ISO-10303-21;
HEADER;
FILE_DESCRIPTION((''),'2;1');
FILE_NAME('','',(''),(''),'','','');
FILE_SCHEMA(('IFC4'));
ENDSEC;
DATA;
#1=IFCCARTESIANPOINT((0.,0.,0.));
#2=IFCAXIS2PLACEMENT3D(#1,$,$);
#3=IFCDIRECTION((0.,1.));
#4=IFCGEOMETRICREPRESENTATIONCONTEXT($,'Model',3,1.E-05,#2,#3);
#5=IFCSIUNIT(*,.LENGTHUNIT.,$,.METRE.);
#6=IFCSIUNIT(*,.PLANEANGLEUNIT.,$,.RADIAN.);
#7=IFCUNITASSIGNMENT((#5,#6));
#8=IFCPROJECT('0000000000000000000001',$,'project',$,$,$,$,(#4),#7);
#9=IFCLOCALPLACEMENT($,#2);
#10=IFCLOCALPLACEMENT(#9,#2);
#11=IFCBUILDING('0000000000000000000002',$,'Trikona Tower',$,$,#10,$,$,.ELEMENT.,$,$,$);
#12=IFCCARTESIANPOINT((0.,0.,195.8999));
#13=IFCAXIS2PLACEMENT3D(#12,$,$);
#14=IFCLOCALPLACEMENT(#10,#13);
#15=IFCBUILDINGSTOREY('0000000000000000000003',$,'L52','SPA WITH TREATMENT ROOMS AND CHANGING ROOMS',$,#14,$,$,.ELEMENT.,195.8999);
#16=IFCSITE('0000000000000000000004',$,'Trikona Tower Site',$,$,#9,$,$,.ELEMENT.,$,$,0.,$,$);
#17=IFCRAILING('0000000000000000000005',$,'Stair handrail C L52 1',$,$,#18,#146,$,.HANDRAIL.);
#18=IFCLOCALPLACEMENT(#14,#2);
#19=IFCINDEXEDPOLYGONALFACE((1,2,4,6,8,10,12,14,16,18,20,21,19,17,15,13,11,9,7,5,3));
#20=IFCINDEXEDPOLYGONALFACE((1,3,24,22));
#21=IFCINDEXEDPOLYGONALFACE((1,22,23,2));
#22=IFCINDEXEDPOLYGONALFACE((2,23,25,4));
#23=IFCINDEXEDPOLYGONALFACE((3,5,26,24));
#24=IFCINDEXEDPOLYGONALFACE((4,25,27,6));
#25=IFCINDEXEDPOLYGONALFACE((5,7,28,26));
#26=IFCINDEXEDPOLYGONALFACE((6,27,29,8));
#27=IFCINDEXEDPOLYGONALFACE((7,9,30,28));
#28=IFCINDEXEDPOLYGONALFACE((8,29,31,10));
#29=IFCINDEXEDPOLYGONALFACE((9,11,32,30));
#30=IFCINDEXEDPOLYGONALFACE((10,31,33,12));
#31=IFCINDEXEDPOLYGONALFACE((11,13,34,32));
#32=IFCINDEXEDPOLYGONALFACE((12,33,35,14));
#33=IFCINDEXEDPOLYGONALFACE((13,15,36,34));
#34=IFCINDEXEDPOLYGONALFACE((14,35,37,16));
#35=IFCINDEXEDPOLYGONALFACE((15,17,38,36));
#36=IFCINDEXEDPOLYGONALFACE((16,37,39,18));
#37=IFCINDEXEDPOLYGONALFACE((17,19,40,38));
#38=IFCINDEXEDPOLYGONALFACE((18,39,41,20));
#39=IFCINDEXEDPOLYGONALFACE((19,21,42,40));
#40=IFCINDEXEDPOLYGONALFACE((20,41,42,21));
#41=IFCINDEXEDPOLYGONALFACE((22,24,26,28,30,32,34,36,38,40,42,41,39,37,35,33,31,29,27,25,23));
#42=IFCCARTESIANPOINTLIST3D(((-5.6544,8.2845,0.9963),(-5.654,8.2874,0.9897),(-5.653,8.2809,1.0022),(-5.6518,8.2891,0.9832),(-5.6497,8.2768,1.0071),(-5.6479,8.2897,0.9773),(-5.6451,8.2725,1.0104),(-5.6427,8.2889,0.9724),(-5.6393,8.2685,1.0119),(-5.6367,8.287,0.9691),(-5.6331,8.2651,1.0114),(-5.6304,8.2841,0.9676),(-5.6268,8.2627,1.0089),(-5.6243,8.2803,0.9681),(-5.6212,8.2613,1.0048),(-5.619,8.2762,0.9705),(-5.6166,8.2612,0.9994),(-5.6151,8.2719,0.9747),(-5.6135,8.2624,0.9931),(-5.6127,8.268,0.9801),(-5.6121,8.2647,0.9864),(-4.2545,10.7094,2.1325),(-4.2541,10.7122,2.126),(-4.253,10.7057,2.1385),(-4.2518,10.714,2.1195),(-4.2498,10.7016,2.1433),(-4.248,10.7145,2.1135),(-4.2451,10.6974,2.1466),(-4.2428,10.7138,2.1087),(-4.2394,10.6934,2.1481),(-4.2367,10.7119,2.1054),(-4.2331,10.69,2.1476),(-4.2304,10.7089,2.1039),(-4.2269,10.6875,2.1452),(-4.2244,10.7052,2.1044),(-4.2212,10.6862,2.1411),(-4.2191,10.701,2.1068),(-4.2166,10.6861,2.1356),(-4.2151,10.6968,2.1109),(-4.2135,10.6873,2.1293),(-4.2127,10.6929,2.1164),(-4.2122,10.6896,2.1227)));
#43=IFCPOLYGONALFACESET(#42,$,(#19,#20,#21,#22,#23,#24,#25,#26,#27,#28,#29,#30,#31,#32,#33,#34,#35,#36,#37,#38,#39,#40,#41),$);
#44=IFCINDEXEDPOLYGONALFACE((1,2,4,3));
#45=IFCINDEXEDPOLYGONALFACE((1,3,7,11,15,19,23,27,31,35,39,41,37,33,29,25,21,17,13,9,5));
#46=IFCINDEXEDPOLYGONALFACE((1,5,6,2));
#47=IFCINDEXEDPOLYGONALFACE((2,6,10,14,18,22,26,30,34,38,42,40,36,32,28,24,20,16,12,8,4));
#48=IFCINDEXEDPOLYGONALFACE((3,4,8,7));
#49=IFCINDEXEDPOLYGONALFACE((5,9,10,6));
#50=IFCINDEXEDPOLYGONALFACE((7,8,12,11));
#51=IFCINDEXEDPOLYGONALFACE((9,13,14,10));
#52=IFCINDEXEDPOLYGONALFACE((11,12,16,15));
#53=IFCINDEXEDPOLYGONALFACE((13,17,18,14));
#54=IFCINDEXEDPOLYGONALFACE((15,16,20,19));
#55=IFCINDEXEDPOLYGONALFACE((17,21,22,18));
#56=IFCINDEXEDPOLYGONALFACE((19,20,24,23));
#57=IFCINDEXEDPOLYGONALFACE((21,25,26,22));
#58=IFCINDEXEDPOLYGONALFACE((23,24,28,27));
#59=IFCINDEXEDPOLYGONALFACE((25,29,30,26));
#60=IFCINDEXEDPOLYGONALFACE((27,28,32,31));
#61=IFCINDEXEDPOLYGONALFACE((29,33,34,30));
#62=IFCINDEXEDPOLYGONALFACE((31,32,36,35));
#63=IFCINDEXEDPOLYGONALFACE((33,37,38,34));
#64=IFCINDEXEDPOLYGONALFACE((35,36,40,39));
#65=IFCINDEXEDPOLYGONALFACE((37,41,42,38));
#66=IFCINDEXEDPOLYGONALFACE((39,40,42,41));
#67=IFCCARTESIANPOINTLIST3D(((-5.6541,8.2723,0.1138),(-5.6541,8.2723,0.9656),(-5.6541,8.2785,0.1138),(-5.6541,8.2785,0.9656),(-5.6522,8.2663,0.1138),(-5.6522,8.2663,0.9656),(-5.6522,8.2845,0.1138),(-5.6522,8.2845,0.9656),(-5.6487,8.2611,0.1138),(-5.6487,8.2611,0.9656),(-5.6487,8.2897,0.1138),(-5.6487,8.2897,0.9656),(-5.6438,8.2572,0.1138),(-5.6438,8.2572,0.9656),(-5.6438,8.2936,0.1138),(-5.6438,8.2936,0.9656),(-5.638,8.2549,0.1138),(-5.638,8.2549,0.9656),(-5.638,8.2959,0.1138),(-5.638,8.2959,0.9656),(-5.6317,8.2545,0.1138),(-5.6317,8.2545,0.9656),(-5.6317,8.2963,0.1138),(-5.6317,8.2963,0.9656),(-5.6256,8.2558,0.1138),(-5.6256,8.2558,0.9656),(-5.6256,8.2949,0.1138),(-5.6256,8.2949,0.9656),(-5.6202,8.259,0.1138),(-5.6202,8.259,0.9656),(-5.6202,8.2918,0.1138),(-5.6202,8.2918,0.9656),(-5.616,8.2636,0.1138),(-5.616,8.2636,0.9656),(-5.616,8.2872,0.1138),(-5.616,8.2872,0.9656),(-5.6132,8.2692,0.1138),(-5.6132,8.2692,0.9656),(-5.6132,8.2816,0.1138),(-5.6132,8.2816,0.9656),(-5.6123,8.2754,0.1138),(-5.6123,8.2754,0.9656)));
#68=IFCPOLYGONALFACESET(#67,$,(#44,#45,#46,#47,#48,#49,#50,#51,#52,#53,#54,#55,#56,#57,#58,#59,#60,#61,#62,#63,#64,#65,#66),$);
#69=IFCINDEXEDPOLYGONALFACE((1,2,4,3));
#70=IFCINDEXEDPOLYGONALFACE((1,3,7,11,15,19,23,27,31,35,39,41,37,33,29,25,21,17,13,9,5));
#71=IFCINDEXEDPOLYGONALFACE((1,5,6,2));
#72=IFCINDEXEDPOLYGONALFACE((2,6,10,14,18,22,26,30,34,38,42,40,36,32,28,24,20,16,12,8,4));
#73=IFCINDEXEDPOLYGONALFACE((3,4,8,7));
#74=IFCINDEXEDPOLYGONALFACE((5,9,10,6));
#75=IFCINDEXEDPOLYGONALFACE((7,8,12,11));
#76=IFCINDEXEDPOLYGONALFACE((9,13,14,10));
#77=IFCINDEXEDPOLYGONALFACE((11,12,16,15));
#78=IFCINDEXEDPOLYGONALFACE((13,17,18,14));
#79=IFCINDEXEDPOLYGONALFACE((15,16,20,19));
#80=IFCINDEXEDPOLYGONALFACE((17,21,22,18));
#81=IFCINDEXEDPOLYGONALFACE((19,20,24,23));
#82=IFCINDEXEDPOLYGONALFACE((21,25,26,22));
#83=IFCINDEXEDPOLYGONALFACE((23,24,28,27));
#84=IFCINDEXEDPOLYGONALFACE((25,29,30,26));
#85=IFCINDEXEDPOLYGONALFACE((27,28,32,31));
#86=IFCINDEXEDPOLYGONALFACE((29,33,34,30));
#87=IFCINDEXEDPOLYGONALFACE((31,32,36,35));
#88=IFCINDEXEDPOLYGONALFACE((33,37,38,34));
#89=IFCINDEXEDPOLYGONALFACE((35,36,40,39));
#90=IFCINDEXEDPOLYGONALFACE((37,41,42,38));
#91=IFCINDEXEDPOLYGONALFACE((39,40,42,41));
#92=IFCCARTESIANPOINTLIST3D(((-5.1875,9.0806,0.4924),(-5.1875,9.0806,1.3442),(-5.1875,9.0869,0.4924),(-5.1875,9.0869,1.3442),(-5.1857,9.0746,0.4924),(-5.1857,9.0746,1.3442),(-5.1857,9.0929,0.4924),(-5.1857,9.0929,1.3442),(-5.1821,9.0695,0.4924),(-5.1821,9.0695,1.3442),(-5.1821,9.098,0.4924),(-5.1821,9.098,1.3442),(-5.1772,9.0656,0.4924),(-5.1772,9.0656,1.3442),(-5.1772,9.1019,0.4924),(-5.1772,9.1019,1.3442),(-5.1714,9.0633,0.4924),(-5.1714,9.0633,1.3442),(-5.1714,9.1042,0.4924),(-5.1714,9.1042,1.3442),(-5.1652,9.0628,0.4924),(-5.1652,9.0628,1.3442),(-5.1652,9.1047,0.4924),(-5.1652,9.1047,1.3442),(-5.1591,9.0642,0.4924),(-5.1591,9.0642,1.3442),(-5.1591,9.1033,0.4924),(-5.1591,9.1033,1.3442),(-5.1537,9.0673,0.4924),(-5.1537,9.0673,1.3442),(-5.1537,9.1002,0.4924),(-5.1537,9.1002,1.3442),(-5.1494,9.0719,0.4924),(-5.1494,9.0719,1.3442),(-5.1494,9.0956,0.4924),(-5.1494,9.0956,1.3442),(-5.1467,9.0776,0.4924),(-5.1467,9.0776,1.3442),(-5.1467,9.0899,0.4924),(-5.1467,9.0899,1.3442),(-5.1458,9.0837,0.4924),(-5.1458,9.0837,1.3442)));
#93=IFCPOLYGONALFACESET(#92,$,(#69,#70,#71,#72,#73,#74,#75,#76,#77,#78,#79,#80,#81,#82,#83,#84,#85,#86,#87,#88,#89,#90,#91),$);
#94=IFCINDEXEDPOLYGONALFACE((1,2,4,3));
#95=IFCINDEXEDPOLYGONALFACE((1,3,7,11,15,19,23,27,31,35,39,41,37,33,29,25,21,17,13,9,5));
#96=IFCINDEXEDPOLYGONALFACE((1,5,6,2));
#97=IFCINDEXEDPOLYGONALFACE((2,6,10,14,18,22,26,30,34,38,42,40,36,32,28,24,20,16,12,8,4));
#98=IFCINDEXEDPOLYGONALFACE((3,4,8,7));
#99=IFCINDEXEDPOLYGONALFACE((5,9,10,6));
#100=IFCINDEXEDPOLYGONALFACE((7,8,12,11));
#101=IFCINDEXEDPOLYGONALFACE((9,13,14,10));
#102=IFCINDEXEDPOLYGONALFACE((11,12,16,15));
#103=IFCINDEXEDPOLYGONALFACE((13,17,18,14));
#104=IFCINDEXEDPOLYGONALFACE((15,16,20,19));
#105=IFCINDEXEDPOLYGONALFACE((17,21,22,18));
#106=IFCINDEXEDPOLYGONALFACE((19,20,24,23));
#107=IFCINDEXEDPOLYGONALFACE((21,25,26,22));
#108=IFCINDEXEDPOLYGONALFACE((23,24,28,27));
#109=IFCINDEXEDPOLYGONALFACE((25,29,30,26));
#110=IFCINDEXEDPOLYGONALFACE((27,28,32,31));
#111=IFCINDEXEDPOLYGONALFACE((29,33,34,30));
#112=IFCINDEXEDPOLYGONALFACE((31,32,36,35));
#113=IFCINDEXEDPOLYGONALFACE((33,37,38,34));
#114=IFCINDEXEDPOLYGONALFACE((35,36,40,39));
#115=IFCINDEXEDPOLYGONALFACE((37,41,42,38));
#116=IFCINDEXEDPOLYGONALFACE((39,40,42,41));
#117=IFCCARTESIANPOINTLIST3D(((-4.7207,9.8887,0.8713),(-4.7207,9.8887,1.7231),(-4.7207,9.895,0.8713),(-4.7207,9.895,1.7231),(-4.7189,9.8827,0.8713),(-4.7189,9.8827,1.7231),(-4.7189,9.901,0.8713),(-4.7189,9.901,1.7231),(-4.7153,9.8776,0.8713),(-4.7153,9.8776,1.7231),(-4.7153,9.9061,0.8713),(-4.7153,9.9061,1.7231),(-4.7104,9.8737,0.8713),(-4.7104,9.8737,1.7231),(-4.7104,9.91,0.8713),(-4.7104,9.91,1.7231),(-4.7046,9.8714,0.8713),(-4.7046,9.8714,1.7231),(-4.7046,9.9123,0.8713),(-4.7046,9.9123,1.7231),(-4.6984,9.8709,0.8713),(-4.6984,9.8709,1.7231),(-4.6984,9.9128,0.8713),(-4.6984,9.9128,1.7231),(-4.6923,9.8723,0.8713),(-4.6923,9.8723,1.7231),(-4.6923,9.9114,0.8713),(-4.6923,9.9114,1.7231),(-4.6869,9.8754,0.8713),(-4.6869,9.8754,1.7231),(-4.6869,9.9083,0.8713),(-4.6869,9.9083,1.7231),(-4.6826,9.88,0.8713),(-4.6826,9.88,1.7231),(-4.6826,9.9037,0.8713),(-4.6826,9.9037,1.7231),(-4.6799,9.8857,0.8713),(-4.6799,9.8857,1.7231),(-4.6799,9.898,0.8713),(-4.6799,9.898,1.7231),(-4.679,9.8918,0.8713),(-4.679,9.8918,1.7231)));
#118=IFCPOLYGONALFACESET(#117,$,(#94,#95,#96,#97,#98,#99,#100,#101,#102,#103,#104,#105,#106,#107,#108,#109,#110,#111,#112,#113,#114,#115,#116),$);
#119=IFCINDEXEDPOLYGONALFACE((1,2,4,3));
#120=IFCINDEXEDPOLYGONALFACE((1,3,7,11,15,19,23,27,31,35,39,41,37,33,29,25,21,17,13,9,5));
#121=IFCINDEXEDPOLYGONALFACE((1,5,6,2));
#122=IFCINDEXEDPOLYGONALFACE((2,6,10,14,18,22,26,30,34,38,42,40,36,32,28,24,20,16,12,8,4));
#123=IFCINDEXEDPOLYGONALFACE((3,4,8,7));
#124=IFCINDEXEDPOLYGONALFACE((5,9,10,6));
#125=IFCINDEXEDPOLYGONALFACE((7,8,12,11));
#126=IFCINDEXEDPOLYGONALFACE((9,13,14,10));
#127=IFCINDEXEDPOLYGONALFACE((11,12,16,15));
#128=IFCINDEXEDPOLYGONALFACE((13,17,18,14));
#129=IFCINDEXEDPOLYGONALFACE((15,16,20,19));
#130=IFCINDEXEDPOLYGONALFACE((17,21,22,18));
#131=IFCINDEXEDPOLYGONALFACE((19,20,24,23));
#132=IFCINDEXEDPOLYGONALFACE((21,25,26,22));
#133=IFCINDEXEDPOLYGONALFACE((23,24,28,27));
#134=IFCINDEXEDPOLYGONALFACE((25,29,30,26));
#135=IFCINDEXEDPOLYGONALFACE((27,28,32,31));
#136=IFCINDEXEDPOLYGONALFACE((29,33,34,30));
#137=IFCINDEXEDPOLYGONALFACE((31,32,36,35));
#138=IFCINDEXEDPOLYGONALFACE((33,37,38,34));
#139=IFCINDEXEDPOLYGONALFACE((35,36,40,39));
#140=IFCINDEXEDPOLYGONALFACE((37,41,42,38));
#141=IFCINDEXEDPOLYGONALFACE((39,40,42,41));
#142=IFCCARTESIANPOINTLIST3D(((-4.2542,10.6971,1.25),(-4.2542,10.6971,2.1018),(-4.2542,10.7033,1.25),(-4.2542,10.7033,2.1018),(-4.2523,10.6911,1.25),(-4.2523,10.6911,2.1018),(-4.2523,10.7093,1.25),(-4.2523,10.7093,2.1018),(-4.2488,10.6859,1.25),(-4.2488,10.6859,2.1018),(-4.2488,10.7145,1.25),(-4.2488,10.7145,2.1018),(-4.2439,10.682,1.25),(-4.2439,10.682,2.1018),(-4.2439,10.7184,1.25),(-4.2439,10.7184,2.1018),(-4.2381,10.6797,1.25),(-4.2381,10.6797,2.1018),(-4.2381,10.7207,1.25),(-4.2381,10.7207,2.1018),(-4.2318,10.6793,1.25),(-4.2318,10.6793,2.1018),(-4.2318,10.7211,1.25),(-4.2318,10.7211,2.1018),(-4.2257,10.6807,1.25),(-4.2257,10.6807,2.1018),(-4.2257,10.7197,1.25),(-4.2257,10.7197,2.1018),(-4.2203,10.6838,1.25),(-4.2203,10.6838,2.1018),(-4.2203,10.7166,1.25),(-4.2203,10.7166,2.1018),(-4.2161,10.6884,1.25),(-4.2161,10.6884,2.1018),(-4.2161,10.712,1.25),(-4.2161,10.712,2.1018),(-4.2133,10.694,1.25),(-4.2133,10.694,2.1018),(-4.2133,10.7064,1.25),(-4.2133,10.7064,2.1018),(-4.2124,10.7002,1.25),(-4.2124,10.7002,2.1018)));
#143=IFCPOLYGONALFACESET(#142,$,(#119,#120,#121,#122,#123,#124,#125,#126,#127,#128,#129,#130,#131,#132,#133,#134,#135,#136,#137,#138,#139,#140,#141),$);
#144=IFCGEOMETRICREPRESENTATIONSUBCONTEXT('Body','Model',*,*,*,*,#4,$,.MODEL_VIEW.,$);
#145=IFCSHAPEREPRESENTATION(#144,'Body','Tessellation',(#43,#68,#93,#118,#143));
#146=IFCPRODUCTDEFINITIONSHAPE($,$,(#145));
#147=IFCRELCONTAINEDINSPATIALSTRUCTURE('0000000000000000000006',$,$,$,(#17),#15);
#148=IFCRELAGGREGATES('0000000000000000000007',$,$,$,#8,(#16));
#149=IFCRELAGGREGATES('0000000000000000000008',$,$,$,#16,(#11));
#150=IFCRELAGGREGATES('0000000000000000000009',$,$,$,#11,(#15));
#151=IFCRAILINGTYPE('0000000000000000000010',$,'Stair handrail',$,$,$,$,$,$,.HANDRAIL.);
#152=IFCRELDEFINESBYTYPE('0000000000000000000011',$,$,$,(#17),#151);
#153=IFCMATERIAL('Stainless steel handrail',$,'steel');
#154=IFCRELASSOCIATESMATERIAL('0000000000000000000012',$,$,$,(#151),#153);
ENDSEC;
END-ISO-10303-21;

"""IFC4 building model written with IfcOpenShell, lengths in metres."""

from ifc_helpers import new_model, si_unit, direction, frame, origin, origin_2d, place, context, subcontext, project, spatial, circle, extrude, material, type_object, element, save


model = new_model("IFC4")

# Units and contexts
model_context = context("Model", 3, precision=1e-05, world=origin(), true_north=direction((0.0, 1.0)))
body_context = subcontext(model_context, "Body", "Model", "MODEL_VIEW")
ifc_project = project(units=[si_unit("LENGTHUNIT", "METRE"), si_unit("PLANEANGLEUNIT", "RADIAN")], contexts=[model_context])

# Site, building, storey
site_placement = place(None, origin())
site = spatial("IfcSite", under=ifc_project, at=site_placement, Name="Trikona Tower Site", CompositionType="ELEMENT", RefElevation=0.0)
building_placement = place(site_placement, origin())
building = spatial("IfcBuilding", under=site, at=building_placement, Name="Trikona Tower", CompositionType="ELEMENT")
storey_placement = place(building_placement, frame((0.0, 0.0, 195.8999)))
storey = spatial("IfcBuildingStorey", under=building, at=storey_placement, Name="L52", Description="SPA WITH TREATMENT ROOMS AND CHANGING ROOMS", CompositionType="ELEMENT", Elevation=195.8999)

# Railing
ifc_material_1 = material(Name="Stainless steel handrail", Category="steel")
railing_type = type_object("IfcRailingType", Name="Stair handrail", PredefinedType="HANDRAIL", material=ifc_material_1)
railing_1_placement = place(storey_placement, frame((-5.6333, 8.2754, 0.1138)))
element("IfcRailing", 1, at=railing_1_placement, inside=storey, type_object=railing_type, Name="Stair handrail C L52 1", PredefinedType="HANDRAIL", context=body_context, shape_type="SweptSolid", body=[
    extrude(circle(Radius=0.0239, at=origin_2d()), frame((0.0, 0.0, 0.876), z_axis=(0.463289, 0.802475, 0.376029), x_axis=(-0.866035, 0.499984, 0.0)), (0.0, 0.0, 1.0), 3.0217),
    extrude(circle(Radius=0.021, at=origin_2d()), origin(), (0.0, 0.0, 1.0), 0.8518),
    extrude(circle(Radius=0.021, at=origin_2d()), frame((0.4666, 0.8083, 0.3787)), (0.0, 0.0, 1.0), 0.8518),
    extrude(circle(Radius=0.021, at=origin_2d()), frame((0.9333, 1.6165, 0.7576)), (0.0, 0.0, 1.0), 0.8518),
    extrude(circle(Radius=0.021, at=origin_2d()), frame((1.3999, 2.4248, 1.1362)), (0.0, 0.0, 1.0), 0.8518),
])

save(model, "model.ifc")
